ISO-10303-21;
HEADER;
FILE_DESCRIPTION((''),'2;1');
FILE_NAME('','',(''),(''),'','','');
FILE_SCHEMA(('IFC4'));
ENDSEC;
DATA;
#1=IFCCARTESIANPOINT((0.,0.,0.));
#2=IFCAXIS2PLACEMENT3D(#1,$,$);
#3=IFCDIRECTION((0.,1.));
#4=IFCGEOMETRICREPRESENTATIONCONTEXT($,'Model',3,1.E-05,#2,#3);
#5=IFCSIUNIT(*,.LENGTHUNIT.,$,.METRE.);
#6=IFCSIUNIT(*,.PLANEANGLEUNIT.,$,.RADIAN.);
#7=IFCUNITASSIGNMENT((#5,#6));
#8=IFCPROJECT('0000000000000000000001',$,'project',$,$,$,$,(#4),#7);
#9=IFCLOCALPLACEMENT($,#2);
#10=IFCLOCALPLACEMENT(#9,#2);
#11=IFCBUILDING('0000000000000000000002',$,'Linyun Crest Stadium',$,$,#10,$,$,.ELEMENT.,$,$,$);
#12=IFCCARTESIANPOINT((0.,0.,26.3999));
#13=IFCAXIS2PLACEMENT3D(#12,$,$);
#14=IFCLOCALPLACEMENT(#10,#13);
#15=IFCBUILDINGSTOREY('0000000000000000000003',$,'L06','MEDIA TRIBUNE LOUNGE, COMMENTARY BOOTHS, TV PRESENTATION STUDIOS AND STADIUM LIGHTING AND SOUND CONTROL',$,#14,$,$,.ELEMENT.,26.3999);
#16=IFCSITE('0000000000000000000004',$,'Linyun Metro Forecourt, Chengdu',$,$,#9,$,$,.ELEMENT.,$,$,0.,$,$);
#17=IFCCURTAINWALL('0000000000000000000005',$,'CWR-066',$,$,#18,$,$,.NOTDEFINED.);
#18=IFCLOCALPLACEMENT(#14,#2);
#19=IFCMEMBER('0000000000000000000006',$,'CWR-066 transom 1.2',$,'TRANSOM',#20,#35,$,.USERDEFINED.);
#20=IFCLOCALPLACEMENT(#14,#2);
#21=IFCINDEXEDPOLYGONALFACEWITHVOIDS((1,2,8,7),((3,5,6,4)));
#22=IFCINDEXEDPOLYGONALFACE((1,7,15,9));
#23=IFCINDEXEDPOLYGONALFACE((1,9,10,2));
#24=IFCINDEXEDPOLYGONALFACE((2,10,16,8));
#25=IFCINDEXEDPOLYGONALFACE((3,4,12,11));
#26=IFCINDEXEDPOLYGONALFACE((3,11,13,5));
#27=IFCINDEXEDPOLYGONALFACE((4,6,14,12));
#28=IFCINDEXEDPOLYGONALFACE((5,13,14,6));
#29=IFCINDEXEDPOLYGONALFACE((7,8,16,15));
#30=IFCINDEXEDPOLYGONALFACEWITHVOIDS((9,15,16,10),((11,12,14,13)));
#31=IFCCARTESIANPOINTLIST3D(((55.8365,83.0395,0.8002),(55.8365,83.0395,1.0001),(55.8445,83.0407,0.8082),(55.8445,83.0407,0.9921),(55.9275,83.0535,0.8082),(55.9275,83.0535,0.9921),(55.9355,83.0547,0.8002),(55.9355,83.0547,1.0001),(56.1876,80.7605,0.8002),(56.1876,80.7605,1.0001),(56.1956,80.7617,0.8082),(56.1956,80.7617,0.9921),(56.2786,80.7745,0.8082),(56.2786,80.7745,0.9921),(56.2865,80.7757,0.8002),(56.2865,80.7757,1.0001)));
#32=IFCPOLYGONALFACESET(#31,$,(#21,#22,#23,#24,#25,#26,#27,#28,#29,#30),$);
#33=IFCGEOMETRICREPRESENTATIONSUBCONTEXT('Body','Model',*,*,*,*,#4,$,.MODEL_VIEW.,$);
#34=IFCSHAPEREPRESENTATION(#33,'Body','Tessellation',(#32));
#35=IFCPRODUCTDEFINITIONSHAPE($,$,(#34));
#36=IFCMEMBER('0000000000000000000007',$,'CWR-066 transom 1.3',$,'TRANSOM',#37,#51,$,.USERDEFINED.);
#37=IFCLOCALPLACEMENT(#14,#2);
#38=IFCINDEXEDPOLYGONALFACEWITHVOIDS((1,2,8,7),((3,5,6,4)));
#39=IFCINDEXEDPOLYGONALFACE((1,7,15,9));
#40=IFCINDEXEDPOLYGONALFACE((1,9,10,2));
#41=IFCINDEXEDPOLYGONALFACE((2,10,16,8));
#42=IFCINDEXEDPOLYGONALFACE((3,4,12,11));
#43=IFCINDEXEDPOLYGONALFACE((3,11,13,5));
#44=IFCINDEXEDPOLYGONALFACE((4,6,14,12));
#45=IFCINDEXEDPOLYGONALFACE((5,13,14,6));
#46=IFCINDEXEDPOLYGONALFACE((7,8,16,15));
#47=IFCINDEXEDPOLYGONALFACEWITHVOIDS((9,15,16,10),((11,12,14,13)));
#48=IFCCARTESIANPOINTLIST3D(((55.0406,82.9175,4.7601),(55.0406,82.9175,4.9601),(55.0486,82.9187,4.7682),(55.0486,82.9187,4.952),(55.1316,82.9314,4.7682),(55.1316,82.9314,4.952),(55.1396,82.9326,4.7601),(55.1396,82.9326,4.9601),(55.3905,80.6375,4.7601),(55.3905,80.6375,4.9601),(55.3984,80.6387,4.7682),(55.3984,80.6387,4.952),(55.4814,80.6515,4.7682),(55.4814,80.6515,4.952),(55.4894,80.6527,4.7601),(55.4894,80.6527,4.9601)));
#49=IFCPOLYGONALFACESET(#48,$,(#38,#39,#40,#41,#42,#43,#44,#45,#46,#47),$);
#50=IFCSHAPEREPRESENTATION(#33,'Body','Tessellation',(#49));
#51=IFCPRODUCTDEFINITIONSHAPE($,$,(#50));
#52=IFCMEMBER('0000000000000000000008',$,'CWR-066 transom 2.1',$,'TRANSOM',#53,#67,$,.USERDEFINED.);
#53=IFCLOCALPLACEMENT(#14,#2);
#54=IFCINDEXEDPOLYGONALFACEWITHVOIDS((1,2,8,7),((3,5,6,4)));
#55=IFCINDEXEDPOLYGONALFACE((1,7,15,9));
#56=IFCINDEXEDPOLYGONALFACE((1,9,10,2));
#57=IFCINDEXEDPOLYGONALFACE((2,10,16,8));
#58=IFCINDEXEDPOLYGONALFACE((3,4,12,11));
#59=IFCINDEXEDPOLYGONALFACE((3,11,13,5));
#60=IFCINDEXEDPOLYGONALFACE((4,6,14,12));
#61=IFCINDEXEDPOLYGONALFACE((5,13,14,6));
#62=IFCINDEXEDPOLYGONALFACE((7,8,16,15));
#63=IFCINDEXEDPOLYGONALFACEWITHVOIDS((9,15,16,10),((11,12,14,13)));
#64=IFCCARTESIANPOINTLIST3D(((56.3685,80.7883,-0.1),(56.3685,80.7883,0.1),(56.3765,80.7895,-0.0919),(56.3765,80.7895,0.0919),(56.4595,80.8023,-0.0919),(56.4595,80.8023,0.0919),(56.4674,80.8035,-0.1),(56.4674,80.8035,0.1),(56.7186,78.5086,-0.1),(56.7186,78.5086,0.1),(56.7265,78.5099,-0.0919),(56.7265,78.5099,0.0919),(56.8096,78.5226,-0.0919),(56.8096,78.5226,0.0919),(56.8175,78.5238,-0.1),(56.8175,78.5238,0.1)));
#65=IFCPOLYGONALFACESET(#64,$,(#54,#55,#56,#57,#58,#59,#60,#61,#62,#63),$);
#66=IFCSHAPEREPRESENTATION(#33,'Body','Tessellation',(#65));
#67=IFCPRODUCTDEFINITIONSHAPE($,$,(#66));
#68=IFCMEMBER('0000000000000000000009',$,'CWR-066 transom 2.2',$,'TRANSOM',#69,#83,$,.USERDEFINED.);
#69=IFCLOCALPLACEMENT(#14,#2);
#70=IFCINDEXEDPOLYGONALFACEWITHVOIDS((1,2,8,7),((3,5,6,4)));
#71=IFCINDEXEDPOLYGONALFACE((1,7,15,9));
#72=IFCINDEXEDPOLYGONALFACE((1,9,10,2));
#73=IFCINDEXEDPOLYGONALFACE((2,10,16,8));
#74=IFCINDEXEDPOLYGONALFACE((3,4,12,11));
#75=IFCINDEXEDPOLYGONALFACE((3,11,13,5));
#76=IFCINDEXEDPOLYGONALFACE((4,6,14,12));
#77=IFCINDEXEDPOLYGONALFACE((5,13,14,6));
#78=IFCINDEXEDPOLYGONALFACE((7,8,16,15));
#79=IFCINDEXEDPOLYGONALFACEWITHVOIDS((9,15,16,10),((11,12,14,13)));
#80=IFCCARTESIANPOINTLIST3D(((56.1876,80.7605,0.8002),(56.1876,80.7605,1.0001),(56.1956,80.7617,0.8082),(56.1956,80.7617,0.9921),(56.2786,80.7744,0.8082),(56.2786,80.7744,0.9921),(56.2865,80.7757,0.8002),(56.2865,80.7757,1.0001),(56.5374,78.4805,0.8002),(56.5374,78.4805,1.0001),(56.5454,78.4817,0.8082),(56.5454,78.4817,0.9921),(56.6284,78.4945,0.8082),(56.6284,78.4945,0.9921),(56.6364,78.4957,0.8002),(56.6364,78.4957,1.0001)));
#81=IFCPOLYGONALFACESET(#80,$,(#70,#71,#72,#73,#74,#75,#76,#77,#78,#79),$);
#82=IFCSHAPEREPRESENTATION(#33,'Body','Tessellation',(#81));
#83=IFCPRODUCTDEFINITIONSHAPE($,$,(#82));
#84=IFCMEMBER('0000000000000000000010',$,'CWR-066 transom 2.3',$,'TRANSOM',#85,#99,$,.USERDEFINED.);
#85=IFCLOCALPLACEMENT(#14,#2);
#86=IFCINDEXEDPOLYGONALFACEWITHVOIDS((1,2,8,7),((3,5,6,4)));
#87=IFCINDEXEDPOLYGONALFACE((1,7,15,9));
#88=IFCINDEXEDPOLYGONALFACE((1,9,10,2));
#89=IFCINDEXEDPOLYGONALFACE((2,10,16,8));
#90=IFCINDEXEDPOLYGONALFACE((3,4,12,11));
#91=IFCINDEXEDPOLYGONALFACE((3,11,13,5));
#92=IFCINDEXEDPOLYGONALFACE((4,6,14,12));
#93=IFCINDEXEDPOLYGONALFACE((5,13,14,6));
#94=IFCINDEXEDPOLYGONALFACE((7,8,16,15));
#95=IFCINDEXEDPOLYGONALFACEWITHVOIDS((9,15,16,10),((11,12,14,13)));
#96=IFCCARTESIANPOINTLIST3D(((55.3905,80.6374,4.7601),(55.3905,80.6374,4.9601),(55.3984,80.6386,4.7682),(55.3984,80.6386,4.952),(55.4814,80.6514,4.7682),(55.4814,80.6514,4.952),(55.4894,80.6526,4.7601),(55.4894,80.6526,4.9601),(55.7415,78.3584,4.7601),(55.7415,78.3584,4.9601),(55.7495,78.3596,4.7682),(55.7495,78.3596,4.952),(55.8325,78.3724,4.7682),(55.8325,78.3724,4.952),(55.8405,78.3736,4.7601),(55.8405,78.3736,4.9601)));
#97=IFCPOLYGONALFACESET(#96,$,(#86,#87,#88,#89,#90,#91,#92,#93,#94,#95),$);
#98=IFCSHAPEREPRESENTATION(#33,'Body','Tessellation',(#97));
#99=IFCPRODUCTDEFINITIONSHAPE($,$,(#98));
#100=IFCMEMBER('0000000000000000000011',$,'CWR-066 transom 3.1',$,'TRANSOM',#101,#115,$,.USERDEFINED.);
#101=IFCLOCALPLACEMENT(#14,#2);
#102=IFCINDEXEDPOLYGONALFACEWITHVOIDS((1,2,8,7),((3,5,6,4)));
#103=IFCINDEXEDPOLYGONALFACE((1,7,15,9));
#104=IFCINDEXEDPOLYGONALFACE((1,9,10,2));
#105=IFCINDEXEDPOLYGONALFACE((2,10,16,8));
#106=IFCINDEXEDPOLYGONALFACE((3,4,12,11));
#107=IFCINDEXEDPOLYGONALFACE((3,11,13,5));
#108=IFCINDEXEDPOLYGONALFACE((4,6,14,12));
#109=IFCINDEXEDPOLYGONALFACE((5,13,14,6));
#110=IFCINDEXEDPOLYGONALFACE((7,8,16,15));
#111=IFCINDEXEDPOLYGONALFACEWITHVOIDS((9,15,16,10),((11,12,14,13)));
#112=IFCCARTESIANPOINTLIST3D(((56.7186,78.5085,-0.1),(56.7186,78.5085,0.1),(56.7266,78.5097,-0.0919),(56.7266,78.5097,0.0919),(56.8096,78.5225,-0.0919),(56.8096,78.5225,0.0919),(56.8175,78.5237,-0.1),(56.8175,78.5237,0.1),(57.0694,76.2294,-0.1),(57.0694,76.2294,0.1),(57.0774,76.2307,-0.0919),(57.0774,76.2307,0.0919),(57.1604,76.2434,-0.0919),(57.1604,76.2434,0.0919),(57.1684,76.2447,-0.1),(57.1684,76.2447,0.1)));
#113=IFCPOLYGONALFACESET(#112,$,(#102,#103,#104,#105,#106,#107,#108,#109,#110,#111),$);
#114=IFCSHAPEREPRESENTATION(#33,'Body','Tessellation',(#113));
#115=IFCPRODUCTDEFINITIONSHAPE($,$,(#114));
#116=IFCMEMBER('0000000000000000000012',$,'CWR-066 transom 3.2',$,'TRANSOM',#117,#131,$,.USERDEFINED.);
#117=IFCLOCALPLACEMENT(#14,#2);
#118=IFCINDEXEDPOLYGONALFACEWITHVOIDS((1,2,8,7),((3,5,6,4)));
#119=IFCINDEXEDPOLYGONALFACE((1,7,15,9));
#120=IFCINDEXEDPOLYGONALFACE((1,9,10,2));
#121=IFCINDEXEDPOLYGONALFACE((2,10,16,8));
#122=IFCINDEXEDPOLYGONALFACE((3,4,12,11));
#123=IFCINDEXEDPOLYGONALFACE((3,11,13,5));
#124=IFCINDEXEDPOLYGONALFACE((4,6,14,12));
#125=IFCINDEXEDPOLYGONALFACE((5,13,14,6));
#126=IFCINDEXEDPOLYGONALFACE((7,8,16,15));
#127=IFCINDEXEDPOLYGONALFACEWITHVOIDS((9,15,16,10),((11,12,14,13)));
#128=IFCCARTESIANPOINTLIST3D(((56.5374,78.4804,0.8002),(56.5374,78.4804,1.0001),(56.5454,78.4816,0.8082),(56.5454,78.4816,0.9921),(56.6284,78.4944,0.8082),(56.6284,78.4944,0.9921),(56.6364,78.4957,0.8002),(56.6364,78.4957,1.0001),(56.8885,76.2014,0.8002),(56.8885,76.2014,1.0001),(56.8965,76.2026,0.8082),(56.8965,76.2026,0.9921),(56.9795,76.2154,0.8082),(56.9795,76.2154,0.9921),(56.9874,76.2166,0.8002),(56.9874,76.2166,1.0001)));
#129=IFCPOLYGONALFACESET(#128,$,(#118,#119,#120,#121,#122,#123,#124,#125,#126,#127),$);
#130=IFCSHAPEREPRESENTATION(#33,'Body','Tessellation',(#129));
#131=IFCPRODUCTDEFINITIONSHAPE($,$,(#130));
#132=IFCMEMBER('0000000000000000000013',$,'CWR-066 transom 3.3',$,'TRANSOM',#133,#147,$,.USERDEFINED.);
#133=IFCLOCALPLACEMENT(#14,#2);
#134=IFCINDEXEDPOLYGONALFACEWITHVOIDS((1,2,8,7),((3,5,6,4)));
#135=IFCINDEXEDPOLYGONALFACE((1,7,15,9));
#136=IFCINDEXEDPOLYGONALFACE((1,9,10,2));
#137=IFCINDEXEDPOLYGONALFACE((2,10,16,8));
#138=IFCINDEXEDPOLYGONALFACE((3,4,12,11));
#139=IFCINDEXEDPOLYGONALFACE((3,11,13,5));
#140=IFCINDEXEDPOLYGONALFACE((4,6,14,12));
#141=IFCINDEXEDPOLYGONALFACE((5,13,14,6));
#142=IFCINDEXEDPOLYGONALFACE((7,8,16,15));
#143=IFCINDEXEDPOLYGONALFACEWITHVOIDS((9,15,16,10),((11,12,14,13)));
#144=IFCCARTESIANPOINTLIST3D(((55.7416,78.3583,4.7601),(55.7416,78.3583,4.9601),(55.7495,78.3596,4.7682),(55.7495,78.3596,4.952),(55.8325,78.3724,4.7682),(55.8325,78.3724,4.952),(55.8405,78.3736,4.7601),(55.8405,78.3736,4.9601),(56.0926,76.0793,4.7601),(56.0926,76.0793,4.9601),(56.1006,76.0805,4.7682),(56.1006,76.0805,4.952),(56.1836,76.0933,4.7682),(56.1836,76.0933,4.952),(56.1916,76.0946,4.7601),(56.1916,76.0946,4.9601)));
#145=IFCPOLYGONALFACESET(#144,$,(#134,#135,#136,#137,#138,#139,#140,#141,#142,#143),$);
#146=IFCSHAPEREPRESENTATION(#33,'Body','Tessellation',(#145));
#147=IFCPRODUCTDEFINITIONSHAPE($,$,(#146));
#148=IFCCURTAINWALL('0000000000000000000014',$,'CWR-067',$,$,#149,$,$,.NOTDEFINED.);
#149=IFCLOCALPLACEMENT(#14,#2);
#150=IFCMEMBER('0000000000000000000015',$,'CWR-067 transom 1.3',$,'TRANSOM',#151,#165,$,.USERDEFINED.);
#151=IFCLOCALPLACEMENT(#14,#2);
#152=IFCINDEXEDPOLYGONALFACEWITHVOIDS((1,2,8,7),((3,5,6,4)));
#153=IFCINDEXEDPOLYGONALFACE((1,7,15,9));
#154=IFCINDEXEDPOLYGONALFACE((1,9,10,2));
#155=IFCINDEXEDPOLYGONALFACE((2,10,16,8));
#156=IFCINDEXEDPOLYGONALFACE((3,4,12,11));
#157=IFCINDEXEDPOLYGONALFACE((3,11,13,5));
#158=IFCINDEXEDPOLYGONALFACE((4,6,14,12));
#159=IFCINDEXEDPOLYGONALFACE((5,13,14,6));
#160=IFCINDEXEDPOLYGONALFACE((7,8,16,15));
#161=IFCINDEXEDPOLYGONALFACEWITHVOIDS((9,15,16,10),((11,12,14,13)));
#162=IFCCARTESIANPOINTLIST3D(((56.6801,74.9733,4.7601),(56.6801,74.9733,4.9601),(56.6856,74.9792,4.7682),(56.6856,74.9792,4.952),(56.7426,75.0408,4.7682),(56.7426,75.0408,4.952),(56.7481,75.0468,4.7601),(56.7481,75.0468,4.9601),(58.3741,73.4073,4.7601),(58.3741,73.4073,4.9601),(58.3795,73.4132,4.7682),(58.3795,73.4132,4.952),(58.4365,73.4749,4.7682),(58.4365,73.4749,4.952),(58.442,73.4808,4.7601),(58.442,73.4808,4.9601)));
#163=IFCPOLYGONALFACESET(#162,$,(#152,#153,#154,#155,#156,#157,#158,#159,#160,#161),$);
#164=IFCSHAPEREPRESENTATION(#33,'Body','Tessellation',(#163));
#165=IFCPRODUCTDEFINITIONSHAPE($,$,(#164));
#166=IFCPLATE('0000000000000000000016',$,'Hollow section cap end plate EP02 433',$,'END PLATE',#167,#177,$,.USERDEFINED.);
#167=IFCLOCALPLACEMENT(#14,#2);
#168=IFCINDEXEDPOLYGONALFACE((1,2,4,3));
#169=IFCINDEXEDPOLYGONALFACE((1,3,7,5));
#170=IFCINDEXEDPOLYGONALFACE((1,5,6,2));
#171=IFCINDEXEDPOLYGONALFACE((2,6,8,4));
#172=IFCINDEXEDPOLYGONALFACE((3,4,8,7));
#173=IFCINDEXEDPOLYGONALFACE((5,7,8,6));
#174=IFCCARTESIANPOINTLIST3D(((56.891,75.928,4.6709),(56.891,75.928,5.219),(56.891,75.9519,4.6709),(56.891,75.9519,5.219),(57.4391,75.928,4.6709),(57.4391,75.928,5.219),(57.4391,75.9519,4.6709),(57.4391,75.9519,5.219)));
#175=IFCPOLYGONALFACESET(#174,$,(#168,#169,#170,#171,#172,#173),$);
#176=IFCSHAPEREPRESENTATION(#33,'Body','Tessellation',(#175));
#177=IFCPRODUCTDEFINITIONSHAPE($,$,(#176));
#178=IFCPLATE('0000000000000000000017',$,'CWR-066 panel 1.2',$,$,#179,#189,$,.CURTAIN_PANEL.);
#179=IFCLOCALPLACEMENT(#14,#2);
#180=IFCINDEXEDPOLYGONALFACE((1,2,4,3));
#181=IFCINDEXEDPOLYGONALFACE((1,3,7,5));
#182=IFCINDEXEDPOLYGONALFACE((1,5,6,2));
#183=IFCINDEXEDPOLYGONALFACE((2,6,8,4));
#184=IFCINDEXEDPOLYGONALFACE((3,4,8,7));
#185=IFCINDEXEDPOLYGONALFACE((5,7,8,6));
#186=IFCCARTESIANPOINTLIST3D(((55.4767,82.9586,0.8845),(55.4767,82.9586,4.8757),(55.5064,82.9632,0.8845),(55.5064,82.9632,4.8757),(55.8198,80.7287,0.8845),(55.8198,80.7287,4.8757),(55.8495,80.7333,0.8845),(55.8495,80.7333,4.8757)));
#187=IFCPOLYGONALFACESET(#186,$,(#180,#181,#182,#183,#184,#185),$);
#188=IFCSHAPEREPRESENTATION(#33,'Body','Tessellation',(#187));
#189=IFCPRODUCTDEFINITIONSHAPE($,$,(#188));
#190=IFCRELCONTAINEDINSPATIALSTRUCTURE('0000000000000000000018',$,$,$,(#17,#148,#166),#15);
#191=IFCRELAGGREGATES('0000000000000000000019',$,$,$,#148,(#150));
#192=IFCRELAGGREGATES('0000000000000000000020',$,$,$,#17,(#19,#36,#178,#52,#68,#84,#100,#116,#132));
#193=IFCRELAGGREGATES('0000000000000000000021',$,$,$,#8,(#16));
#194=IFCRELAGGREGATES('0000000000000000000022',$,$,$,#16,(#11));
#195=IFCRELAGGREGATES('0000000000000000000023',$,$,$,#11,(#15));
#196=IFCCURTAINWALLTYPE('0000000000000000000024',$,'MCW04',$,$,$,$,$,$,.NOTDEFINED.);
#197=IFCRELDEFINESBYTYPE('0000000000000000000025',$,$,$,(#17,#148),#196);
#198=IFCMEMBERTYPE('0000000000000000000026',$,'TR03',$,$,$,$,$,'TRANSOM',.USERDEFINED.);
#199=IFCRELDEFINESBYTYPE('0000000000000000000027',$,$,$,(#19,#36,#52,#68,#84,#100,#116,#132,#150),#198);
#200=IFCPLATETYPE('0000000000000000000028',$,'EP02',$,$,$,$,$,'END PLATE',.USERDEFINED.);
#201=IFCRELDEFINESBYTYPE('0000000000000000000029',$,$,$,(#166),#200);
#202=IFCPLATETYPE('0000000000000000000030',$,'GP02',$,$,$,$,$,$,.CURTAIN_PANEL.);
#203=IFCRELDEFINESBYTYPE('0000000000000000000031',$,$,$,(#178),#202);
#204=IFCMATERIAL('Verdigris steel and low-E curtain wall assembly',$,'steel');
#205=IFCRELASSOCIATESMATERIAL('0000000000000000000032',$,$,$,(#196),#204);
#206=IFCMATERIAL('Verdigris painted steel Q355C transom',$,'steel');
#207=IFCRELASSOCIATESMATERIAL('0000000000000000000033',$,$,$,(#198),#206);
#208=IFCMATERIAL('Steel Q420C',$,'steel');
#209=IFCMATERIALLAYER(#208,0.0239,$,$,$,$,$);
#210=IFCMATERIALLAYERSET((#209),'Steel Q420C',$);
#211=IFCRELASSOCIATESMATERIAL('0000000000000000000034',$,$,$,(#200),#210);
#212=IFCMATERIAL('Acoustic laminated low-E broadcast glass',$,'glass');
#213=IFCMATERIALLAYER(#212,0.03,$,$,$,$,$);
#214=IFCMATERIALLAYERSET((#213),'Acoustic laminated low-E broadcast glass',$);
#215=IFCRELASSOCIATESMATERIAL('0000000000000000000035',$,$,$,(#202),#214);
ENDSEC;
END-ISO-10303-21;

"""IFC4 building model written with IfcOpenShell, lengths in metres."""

from ifc_helpers import new_model, si_unit, direction, frame, origin, origin_2d, place, context, subcontext, project, spatial, rectangle, hollow_rectangle, extrude, material, layer, layer_set, material_profile, profile_set, type_object, element, aggregate, save


model = new_model("IFC4")

# Units and contexts
model_context = context("Model", 3, precision=1e-05, world=origin(), true_north=direction((0.0, 1.0)))
body_context = subcontext(model_context, "Body", "Model", "MODEL_VIEW")
ifc_project = project(units=[si_unit("LENGTHUNIT", "METRE"), si_unit("PLANEANGLEUNIT", "RADIAN")], contexts=[model_context])

# Site, building, storey
site_placement = place(None, origin())
site = spatial("IfcSite", under=ifc_project, at=site_placement, Name="Linyun Metro Forecourt, Chengdu", CompositionType="ELEMENT", RefElevation=0.0)
building_placement = place(site_placement, origin())
building = spatial("IfcBuilding", under=site, at=building_placement, Name="Linyun Crest Stadium", CompositionType="ELEMENT")
storey_placement = place(building_placement, frame((0.0, 0.0, 26.3999)))
storey = spatial("IfcBuildingStorey", under=building, at=storey_placement, Name="L06", Description="MEDIA TRIBUNE LOUNGE, COMMENTARY BOOTHS, TV PRESENTATION STUDIOS AND STADIUM LIGHTING AND SOUND CONTROL", CompositionType="ELEMENT", Elevation=26.3999)

# Curtain wall, members
ifc_material_1 = material(Name="Verdigris steel and low-E curtain wall assembly", Category="steel")
curtain_wall_type = type_object("IfcCurtainWallType", Name="MCW04", PredefinedType="NOTDEFINED", material=ifc_material_1)
curtain_wall_1_placement = place(storey_placement, origin())
curtain_wall_1 = element("IfcCurtainWall", 1, at=curtain_wall_1_placement, inside=storey, type_object=curtain_wall_type, Name="CWR-066", PredefinedType="NOTDEFINED")
ifc_material_2 = material(Name="Verdigris painted steel Q355C transom", Category="steel")
ifc_material_profile_1 = material_profile(ifc_material_2, hollow_rectangle(XDim=0.1001, YDim=0.2, WallThickness=0.0081, at=origin_2d()), Name="RHS 200x100x8")
ifc_profile_set_1 = profile_set([ifc_material_profile_1], Name="Verdigris painted steel Q355C transom")
member_type_1 = type_object("IfcMemberType", Name="TR03", ElementType="TRANSOM", PredefinedType="USERDEFINED", material=ifc_profile_set_1)
member_1_placement = place(storey_placement, frame((55.886, 83.0471, 0.9001), z_axis=(0.152248, -0.988342, 0.0), x_axis=(0.988342, 0.152248, 0.0)))
member_1 = element("IfcMember", 2, at=member_1_placement, type_object=member_type_1, Name="CWR-066 transom 1.2", ObjectType="TRANSOM", PredefinedType="USERDEFINED", context=body_context, shape_type="SweptSolid", body=[
    extrude(hollow_rectangle(XDim=0.1001, YDim=0.2, WallThickness=0.0081, at=origin_2d()), origin(), (0.0, 0.0, 1.0), 2.3059),
])
member_2_placement = place(storey_placement, frame((55.0901, 82.925, 4.8601), z_axis=(0.151667, -0.988432, 0.0), x_axis=(0.988432, 0.151667, 0.0)))
member_2 = element("IfcMember", 3, at=member_2_placement, type_object=member_type_1, Name="CWR-066 transom 1.3", ObjectType="TRANSOM", PredefinedType="USERDEFINED", context=body_context, shape_type="SweptSolid", body=[
    extrude(hollow_rectangle(XDim=0.1001, YDim=0.2, WallThickness=0.0081, at=origin_2d()), origin(), (0.0, 0.0, 1.0), 2.3066),
])
member_3_placement = place(storey_placement, frame((56.418, 80.7959, 0.0), z_axis=(0.151787, -0.988413, 0.0), x_axis=(0.988413, 0.151787, 0.0)))
member_3 = element("IfcMember", 4, at=member_3_placement, type_object=member_type_1, Name="CWR-066 transom 2.1", ObjectType="TRANSOM", PredefinedType="USERDEFINED", context=body_context, shape_type="SweptSolid", body=[
    extrude(hollow_rectangle(XDim=0.1001, YDim=0.2, WallThickness=0.0081, at=origin_2d()), origin(), (0.0, 0.0, 1.0), 2.3064),
])
member_4_placement = place(storey_placement, frame((56.2371, 80.7681, 0.9001), z_axis=(0.151667, -0.988432, 0.0), x_axis=(0.988432, 0.151667, 0.0)))
member_4 = element("IfcMember", 5, at=member_4_placement, type_object=member_type_1, Name="CWR-066 transom 2.2", ObjectType="TRANSOM", PredefinedType="USERDEFINED", context=body_context, shape_type="SweptSolid", body=[
    extrude(hollow_rectangle(XDim=0.1001, YDim=0.2, WallThickness=0.0081, at=origin_2d()), origin(), (0.0, 0.0, 1.0), 2.3066),
])
member_5_placement = place(storey_placement, frame((55.4399, 80.645, 4.8601), z_axis=(0.152248, -0.988342, 0.0), x_axis=(0.988342, 0.152248, 0.0)))
member_5 = element("IfcMember", 6, at=member_5_placement, type_object=member_type_1, Name="CWR-066 transom 2.3", ObjectType="TRANSOM", PredefinedType="USERDEFINED", context=body_context, shape_type="SweptSolid", body=[
    extrude(hollow_rectangle(XDim=0.1001, YDim=0.2, WallThickness=0.0081, at=origin_2d()), origin(), (0.0, 0.0, 1.0), 2.3059),
])
member_6_placement = place(storey_placement, frame((56.7681, 78.5161, 0.0), z_axis=(0.152145, -0.988358, 0.0), x_axis=(0.988358, 0.152145, 0.0)))
member_6 = element("IfcMember", 7, at=member_6_placement, type_object=member_type_1, Name="CWR-066 transom 3.1", ObjectType="TRANSOM", PredefinedType="USERDEFINED", context=body_context, shape_type="SweptSolid", body=[
    extrude(hollow_rectangle(XDim=0.1001, YDim=0.2, WallThickness=0.0081, at=origin_2d()), origin(), (0.0, 0.0, 1.0), 2.3059),
])
member_7_placement = place(storey_placement, frame((56.5869, 78.488, 0.9001), z_axis=(0.152248, -0.988342, 0.0), x_axis=(0.988342, 0.152248, 0.0)))
member_7 = element("IfcMember", 8, at=member_7_placement, type_object=member_type_1, Name="CWR-066 transom 3.2", ObjectType="TRANSOM", PredefinedType="USERDEFINED", context=body_context, shape_type="SweptSolid", body=[
    extrude(hollow_rectangle(XDim=0.1001, YDim=0.2, WallThickness=0.0081, at=origin_2d()), origin(), (0.0, 0.0, 1.0), 2.3059),
])
member_8_placement = place(storey_placement, frame((55.791, 78.366, 4.8601), z_axis=(0.152248, -0.988342, 0.0), x_axis=(0.988342, 0.152248, 0.0)))
member_8 = element("IfcMember", 9, at=member_8_placement, type_object=member_type_1, Name="CWR-066 transom 3.3", ObjectType="TRANSOM", PredefinedType="USERDEFINED", context=body_context, shape_type="SweptSolid", body=[
    extrude(hollow_rectangle(XDim=0.1001, YDim=0.2, WallThickness=0.0081, at=origin_2d()), origin(), (0.0, 0.0, 1.0), 2.3059),
])

# Curtain wall, member
curtain_wall_2_placement = place(storey_placement, origin())
curtain_wall_2 = element("IfcCurtainWall", 10, at=curtain_wall_2_placement, inside=storey, type_object=curtain_wall_type, Name="CWR-067", PredefinedType="NOTDEFINED")
member_9_placement = place(storey_placement, frame((56.7141, 75.01, 4.8601), z_axis=(0.734292, -0.678834, 0.0), x_axis=(0.678834, 0.734292, 0.0)))
member_9 = element("IfcMember", 11, at=member_9_placement, type_object=member_type_1, Name="CWR-067 transom 1.3", ObjectType="TRANSOM", PredefinedType="USERDEFINED", context=body_context, shape_type="SweptSolid", body=[
    extrude(hollow_rectangle(XDim=0.1001, YDim=0.2, WallThickness=0.0081, at=origin_2d()), origin(), (0.0, 0.0, 1.0), 2.3069),
])
aggregate(curtain_wall_2, [member_9])

# Plates
ifc_material_3 = material(Name="Steel Q420C", Category="steel")
ifc_layer_1 = layer(ifc_material_3, 0.0239)
ifc_layer_set_1 = layer_set([ifc_layer_1], Name="Steel Q420C")
plate_type_1 = type_object("IfcPlateType", Name="EP02", ElementType="END PLATE", PredefinedType="USERDEFINED", material=ifc_layer_set_1)
plate_1_placement = place(storey_placement, frame((57.165, 75.9399, 4.6709), z_axis=(0.0, 0.0, 1.0), x_axis=(1.0, 0.0, 0.0)))
element("IfcPlate", 12, at=plate_1_placement, inside=storey, type_object=plate_type_1, Name="Hollow section cap end plate EP02 433", ObjectType="END PLATE", PredefinedType="USERDEFINED", context=body_context, shape_type="SweptSolid", body=[
    extrude(rectangle(XDim=0.5481, YDim=0.0239, at=origin_2d()), origin(), (0.0, 0.0, 1.0), 0.5481),
])
ifc_material_4 = material(Name="Acoustic laminated low-E broadcast glass", Category="glass")
ifc_layer_2 = layer(ifc_material_4, 0.03)
ifc_layer_set_2 = layer_set([ifc_layer_2], Name="Acoustic laminated low-E broadcast glass")
plate_type_2 = type_object("IfcPlateType", Name="GP02", PredefinedType="CURTAIN_PANEL", material=ifc_layer_set_2)
plate_2_placement = place(storey_placement, frame((55.6631, 81.8459, 0.8845), z_axis=(0.0, 0.0, 1.0), x_axis=(0.152054, -0.988372, 0.0)))
plate_2 = element("IfcPlate", 13, at=plate_2_placement, type_object=plate_type_2, Name="CWR-066 panel 1.2", PredefinedType="CURTAIN_PANEL", context=body_context, shape_type="SweptSolid", body=[
    extrude(rectangle(XDim=2.2561, YDim=0.03, at=origin_2d()), origin(), (0.0, 0.0, 1.0), 3.9912),
])
aggregate(curtain_wall_1, [member_1, member_2, plate_2, member_3, member_4, member_5, member_6, member_7, member_8])

save(model, "model.ifc")
